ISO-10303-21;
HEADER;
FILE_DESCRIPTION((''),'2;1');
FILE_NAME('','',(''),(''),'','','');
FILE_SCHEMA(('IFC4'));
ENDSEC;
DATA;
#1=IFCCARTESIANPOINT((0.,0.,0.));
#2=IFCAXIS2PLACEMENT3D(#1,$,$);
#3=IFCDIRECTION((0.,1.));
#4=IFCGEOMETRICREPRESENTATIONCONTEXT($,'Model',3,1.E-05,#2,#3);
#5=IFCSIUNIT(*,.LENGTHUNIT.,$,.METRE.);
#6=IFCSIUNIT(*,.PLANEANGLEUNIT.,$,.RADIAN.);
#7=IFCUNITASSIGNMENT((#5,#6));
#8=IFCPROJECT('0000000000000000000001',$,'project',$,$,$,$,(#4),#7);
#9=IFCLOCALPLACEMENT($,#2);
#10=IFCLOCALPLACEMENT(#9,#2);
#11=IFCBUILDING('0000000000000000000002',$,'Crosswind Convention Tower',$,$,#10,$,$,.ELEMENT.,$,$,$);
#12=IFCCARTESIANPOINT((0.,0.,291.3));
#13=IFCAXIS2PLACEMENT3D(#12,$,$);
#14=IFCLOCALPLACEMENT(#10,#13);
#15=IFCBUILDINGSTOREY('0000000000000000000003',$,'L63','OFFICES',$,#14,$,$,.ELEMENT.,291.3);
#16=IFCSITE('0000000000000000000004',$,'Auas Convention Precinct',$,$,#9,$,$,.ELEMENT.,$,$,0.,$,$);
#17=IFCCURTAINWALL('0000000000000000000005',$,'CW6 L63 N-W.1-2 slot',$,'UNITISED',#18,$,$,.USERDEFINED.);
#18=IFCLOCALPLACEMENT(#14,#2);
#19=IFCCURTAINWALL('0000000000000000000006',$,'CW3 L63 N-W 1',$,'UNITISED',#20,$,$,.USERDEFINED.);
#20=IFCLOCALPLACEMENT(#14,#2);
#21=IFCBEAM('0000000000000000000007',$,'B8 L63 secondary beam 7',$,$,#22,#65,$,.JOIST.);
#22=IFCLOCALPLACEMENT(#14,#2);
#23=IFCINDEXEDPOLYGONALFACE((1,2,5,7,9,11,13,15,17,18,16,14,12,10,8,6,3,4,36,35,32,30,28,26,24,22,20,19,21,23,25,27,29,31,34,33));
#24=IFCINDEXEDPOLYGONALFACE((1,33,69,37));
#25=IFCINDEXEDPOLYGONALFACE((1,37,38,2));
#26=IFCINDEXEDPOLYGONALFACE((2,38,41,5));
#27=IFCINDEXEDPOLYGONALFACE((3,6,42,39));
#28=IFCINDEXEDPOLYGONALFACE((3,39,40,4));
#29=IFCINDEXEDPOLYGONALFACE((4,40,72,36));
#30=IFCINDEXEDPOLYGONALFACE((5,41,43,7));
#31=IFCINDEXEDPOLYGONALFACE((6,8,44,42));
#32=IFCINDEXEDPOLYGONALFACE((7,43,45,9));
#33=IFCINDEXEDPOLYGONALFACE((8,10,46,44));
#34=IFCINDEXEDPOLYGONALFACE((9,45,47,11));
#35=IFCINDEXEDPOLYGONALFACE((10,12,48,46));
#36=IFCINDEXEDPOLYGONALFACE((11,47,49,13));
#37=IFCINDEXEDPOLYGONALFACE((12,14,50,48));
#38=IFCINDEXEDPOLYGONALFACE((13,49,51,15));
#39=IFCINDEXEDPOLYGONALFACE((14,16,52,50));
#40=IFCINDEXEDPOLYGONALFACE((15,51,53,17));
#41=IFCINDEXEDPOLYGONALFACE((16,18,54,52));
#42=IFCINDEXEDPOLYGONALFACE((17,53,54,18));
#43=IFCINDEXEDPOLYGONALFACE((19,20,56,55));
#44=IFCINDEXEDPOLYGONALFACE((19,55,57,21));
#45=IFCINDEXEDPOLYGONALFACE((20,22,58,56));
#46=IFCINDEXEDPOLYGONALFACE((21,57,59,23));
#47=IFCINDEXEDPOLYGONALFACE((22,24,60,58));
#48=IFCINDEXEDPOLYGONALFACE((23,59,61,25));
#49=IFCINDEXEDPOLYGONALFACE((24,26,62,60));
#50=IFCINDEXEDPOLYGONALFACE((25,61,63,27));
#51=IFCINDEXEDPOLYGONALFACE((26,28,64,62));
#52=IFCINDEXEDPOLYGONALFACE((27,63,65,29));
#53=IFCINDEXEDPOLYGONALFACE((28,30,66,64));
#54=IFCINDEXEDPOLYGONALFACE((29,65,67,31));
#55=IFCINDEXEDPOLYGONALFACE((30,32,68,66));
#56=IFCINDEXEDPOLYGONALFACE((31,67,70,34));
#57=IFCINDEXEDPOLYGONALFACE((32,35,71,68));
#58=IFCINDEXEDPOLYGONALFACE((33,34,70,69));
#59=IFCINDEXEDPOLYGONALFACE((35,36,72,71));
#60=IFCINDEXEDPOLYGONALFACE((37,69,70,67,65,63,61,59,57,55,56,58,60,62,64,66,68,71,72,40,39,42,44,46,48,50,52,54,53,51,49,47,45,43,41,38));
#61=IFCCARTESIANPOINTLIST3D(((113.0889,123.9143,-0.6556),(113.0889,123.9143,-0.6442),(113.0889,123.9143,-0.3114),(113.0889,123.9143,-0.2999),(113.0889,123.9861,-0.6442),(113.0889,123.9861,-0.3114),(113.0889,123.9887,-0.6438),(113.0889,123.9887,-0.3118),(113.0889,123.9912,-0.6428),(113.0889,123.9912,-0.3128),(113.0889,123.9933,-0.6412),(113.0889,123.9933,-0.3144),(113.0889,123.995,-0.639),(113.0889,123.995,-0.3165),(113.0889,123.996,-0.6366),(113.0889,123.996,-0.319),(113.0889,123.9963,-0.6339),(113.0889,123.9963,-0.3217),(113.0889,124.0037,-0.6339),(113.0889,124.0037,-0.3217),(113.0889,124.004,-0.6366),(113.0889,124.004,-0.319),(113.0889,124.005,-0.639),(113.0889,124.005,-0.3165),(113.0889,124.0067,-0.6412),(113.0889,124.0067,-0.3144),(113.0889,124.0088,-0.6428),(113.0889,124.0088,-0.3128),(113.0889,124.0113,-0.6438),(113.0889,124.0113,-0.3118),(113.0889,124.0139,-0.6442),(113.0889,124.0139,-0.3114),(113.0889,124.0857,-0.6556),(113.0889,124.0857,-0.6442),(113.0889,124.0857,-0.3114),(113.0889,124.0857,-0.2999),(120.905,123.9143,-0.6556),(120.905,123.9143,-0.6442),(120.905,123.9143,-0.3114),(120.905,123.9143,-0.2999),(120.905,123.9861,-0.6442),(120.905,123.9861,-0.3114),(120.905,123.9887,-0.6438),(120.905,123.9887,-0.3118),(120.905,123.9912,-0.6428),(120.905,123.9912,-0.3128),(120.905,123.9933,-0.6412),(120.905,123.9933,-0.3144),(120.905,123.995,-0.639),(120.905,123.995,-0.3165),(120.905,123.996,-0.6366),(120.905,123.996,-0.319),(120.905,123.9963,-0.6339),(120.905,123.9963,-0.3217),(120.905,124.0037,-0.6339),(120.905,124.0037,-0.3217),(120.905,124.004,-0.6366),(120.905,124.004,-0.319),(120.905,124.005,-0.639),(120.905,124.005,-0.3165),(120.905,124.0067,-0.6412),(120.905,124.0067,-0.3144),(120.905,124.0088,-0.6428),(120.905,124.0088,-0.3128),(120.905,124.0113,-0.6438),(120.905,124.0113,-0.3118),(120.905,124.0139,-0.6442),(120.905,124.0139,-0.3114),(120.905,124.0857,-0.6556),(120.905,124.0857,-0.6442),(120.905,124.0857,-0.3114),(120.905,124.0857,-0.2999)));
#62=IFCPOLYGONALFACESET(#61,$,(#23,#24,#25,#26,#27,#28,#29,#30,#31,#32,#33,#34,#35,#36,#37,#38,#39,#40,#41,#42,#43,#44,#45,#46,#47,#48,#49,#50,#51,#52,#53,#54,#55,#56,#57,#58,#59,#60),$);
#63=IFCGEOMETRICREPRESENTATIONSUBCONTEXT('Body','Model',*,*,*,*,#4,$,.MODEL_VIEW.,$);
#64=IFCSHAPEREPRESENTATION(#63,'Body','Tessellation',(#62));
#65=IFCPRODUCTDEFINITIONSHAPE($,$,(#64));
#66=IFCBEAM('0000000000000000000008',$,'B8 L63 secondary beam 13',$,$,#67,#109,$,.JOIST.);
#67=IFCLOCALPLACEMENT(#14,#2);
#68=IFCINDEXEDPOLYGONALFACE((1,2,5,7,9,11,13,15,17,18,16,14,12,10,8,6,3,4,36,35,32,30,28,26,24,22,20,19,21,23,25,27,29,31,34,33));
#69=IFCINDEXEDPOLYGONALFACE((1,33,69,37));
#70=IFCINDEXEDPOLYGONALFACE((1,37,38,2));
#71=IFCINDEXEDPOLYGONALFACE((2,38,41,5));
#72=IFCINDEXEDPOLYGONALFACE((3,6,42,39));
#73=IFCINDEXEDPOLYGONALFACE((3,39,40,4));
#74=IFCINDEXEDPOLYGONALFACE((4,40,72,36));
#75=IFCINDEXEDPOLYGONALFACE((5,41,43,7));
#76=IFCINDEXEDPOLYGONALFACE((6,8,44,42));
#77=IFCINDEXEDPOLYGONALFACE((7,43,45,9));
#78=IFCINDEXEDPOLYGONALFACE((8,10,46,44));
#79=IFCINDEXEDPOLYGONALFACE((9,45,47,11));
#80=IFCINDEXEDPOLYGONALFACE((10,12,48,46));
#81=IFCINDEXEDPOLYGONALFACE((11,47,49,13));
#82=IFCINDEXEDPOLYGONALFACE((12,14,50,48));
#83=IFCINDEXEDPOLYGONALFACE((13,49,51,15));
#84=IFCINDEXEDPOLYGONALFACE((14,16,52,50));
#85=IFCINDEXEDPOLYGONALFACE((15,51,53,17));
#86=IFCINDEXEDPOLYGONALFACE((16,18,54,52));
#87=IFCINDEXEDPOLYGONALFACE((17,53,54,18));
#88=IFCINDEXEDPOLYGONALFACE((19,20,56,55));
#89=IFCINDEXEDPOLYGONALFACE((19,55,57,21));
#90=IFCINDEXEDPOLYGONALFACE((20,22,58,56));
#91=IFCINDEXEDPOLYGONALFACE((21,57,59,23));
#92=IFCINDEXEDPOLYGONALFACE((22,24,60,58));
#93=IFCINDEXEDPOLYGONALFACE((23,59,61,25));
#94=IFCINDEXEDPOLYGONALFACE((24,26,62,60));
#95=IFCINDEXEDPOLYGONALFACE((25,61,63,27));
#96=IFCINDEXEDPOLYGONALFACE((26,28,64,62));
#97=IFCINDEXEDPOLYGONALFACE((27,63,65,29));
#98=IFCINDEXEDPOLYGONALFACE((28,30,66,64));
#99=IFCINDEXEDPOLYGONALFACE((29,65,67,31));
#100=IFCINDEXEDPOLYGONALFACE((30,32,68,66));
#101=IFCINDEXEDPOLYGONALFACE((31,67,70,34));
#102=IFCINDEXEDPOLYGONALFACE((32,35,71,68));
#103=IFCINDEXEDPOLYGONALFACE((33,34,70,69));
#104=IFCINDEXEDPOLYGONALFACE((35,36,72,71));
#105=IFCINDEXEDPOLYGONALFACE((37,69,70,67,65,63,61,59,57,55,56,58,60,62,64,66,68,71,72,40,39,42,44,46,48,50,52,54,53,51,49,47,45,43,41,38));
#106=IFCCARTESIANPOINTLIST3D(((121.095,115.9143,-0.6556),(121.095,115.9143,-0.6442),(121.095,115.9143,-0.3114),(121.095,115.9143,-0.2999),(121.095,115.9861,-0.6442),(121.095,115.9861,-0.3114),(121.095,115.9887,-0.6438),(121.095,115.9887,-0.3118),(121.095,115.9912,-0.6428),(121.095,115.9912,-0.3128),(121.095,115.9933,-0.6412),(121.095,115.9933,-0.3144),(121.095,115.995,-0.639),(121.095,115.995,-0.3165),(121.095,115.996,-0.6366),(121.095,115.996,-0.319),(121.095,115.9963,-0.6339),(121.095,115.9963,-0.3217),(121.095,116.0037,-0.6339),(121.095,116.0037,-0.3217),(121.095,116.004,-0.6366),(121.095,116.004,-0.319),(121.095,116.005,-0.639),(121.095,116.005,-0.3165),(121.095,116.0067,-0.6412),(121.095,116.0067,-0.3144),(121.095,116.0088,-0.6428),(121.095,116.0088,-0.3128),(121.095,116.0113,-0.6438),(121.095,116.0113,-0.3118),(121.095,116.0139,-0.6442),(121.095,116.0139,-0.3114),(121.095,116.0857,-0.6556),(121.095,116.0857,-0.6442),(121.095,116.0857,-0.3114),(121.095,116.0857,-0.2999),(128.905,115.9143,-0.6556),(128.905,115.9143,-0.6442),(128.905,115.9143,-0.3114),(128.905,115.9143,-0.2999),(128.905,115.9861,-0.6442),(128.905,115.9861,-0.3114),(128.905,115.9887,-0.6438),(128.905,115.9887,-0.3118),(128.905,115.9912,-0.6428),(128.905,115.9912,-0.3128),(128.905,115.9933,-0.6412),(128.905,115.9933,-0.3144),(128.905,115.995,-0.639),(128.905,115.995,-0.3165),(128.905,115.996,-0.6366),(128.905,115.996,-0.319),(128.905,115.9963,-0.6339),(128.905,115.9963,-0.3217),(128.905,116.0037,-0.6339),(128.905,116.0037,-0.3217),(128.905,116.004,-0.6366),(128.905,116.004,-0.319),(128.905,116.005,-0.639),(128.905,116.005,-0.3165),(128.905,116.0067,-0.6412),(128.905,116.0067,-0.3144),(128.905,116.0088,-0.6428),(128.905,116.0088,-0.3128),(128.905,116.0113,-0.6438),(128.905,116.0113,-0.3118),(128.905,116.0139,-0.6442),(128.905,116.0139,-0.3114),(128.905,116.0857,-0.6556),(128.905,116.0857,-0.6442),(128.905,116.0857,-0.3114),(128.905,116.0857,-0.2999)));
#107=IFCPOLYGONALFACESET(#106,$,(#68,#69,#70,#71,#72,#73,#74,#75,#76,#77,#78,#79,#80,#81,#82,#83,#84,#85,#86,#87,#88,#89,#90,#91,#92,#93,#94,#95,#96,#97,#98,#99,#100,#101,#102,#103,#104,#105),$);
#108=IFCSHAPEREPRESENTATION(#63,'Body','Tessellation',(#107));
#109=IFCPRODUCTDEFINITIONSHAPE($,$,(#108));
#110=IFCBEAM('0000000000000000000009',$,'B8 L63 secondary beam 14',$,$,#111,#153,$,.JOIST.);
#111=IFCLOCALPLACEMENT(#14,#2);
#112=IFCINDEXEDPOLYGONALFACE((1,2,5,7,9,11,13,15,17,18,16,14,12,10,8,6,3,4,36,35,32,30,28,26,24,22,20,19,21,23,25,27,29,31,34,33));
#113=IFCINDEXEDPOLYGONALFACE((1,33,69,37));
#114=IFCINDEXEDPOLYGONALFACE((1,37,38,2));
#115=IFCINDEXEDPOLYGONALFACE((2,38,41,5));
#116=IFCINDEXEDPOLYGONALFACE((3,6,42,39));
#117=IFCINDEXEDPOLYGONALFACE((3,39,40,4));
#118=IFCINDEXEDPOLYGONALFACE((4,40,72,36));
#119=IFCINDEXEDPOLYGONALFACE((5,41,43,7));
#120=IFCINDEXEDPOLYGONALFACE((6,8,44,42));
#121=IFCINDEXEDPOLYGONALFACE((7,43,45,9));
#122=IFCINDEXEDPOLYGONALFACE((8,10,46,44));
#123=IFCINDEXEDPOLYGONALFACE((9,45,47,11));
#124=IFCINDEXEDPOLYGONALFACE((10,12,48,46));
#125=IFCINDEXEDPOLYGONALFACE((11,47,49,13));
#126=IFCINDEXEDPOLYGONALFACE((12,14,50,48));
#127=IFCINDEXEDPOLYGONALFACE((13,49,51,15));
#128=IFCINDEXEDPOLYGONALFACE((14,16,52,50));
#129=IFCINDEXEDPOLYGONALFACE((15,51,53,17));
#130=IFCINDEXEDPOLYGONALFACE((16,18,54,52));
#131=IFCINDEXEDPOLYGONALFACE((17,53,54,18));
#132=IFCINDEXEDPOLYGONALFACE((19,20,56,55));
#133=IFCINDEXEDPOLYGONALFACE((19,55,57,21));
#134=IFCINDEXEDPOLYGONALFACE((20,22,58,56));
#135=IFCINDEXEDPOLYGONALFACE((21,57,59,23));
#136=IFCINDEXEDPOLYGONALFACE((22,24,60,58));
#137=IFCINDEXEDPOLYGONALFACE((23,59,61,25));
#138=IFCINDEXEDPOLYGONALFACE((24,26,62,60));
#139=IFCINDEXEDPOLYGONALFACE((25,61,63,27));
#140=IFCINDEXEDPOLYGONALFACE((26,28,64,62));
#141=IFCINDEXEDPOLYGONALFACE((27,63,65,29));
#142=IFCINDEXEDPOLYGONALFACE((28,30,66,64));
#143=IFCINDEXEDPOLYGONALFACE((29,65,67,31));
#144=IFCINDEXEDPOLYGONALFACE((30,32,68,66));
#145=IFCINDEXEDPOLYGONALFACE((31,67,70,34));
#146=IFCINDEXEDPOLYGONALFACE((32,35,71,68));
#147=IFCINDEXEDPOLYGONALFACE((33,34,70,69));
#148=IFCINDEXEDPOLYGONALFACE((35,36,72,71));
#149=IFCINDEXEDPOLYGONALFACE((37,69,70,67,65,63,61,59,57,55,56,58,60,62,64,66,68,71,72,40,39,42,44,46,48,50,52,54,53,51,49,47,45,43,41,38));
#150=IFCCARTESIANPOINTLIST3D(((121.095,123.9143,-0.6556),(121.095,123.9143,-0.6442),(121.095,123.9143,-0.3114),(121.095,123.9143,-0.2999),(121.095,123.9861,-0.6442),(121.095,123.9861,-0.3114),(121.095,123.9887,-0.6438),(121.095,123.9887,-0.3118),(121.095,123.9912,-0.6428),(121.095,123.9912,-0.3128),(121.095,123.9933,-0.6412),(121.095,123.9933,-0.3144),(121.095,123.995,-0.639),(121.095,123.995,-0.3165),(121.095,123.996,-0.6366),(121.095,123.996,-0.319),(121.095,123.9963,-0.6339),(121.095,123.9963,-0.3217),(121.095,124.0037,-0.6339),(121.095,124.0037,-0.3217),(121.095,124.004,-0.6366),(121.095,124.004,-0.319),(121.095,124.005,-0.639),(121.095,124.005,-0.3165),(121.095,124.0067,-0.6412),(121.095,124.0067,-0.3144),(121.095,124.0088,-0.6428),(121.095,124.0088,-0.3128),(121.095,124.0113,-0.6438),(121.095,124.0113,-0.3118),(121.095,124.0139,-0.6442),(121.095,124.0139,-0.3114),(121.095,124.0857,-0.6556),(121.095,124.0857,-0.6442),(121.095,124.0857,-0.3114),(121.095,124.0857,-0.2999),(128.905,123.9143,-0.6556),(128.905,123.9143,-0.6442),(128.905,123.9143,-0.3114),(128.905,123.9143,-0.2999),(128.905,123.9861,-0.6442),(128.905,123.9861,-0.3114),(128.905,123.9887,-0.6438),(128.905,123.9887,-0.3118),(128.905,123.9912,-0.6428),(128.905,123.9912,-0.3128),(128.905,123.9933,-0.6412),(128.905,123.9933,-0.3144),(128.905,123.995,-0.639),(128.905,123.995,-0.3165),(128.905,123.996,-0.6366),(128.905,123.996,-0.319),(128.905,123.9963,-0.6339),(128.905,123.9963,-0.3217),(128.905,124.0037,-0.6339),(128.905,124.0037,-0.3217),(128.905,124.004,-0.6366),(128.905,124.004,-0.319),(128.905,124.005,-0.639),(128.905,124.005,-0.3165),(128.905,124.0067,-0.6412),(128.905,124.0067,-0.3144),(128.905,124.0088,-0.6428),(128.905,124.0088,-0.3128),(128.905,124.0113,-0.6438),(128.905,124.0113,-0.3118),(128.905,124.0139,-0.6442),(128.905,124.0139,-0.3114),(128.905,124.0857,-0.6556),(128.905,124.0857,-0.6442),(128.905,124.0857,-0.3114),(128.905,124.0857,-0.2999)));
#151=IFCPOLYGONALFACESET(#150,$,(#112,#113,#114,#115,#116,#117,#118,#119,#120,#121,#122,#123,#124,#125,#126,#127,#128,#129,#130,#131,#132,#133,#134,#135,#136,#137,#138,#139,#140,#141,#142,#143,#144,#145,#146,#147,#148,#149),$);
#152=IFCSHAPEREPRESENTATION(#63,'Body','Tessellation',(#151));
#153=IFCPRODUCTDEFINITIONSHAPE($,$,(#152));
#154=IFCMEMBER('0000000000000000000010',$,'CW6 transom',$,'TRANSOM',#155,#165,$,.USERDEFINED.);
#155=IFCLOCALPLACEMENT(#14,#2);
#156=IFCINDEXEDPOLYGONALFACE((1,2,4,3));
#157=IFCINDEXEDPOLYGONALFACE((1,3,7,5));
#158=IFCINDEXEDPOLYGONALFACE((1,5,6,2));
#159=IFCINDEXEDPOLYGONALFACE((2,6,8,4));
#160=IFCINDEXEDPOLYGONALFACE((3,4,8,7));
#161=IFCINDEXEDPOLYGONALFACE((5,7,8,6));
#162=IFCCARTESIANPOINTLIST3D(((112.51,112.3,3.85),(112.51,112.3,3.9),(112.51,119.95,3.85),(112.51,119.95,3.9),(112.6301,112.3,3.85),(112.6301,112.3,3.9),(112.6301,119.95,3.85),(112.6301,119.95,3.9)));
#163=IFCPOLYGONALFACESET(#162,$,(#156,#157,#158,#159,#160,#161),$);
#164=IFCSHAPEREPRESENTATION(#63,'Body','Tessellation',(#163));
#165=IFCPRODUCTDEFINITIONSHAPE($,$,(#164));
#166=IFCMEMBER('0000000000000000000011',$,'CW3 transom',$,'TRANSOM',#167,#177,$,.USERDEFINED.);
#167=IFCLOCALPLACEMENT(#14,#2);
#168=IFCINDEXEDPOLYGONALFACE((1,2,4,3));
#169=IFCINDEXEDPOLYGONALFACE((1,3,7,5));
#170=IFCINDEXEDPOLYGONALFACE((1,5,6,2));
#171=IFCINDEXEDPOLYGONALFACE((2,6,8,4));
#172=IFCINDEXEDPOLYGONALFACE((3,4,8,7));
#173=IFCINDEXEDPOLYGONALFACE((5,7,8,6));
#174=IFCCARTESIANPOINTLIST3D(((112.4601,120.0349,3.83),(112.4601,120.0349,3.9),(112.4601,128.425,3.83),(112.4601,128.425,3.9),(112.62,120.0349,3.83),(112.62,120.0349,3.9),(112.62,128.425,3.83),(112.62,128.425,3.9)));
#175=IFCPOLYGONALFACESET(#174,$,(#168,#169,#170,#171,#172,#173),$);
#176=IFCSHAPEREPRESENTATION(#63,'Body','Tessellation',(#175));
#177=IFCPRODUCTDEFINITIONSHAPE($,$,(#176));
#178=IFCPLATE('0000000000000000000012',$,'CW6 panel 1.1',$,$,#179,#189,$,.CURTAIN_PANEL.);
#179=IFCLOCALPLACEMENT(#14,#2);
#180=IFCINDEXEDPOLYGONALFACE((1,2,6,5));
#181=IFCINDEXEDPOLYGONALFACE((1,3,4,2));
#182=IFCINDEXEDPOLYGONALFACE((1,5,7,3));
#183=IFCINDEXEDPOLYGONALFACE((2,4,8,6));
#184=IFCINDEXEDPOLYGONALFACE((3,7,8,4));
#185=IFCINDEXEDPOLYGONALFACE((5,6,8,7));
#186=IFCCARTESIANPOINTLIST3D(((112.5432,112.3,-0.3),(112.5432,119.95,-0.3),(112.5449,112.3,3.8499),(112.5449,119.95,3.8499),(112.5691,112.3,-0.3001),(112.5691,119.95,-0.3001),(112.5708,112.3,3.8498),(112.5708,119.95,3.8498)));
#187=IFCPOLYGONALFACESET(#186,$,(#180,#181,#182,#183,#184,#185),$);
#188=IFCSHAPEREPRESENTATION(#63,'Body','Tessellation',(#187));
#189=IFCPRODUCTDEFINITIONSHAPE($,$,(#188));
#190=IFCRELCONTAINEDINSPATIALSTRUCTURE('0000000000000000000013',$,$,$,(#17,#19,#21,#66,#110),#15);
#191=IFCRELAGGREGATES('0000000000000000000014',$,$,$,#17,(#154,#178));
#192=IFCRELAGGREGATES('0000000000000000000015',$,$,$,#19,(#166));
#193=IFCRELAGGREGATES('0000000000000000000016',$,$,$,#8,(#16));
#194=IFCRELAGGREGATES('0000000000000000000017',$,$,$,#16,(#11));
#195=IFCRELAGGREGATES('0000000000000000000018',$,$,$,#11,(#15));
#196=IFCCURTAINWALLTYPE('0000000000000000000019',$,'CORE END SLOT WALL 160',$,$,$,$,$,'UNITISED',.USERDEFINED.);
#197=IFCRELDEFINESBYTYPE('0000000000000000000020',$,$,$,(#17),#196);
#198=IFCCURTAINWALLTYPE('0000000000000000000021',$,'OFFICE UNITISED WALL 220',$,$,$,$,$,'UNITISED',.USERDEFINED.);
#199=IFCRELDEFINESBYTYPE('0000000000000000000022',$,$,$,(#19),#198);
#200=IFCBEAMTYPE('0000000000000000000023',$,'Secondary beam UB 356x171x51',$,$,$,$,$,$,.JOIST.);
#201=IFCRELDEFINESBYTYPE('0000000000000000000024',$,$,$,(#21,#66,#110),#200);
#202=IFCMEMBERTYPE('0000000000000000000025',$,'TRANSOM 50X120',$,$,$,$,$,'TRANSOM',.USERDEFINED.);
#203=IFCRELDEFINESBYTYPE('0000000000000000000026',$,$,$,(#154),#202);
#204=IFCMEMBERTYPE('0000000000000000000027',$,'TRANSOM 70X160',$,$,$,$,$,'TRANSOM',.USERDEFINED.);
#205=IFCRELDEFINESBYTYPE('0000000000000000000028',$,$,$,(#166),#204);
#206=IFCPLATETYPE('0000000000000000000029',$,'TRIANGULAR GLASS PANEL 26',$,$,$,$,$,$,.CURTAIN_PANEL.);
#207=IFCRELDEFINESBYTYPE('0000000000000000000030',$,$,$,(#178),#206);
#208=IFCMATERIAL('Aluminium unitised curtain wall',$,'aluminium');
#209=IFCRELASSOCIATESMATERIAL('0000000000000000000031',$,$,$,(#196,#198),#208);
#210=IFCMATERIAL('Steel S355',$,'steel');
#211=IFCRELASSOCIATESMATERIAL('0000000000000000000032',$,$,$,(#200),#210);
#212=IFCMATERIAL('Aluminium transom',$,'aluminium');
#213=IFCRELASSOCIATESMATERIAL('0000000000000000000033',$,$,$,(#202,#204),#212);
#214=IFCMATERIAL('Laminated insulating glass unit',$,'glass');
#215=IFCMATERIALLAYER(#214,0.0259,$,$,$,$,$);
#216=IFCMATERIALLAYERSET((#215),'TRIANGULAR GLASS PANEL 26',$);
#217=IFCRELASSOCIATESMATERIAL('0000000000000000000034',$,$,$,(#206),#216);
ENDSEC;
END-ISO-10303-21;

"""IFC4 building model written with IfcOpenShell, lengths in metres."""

from ifc_helpers import new_model, si_unit, direction, frame, origin, origin_2d, place, context, subcontext, project, spatial, polyline, rectangle, i_section, outline, extrude, material, layer, layer_set, material_profile, profile_set, type_object, element, aggregate, save


model = new_model("IFC4")

# Units and contexts
model_context = context("Model", 3, precision=1e-05, world=origin(), true_north=direction((0.0, 1.0)))
body_context = subcontext(model_context, "Body", "Model", "MODEL_VIEW")
ifc_project = project(units=[si_unit("LENGTHUNIT", "METRE"), si_unit("PLANEANGLEUNIT", "RADIAN")], contexts=[model_context])

# Site, building, storey
site_placement = place(None, origin())
site = spatial("IfcSite", under=ifc_project, at=site_placement, Name="Auas Convention Precinct", CompositionType="ELEMENT", RefElevation=0.0)
building_placement = place(site_placement, origin())
building = spatial("IfcBuilding", under=site, at=building_placement, Name="Crosswind Convention Tower", CompositionType="ELEMENT")
storey_placement = place(building_placement, frame((0.0, 0.0, 291.3)))
storey = spatial("IfcBuildingStorey", under=building, at=storey_placement, Name="L63", Description="OFFICES", CompositionType="ELEMENT", Elevation=291.3)

# Shared definitions
ifc_material_1 = material(Name="Steel S355", Category="steel")

# Curtain wall
ifc_material_2 = material(Name="Aluminium unitised curtain wall", Category="aluminium")
curtain_wall_type_1 = type_object("IfcCurtainWallType", Name="CORE END SLOT WALL 160", ElementType="UNITISED", PredefinedType="USERDEFINED", material=ifc_material_2)
curtain_wall_1_placement = place(storey_placement, origin())
curtain_wall_1 = element("IfcCurtainWall", 1, at=curtain_wall_1_placement, inside=storey, type_object=curtain_wall_type_1, Name="CW6 L63 N-W.1-2 slot", ObjectType="UNITISED", PredefinedType="USERDEFINED")
curtain_wall_type_2 = type_object("IfcCurtainWallType", Name="OFFICE UNITISED WALL 220", ElementType="UNITISED", PredefinedType="USERDEFINED", material=ifc_material_2)

# Curtain wall
curtain_wall_2_placement = place(storey_placement, origin())
curtain_wall_2 = element("IfcCurtainWall", 2, at=curtain_wall_2_placement, inside=storey, type_object=curtain_wall_type_2, Name="CW3 L63 N-W 1", ObjectType="UNITISED", PredefinedType="USERDEFINED")

# Beams
ifc_material_profile_1 = material_profile(ifc_material_1, i_section(OverallWidth=0.1714, OverallDepth=0.3557, WebThickness=0.0073, FlangeThickness=0.0115, FilletRadius=0.0103, at=origin_2d()), Name="UB 356x171x51")
ifc_profile_set_1 = profile_set([ifc_material_profile_1], Name="Steel S355")
beam_type_1 = type_object("IfcBeamType", Name="Secondary beam UB 356x171x51", PredefinedType="JOIST", material=ifc_profile_set_1)
for number, where, z_axis, x_axis, name in (
    (3, (113.0889, 124.0, -0.4778), (1.0, 0.0, 0.0), (0.0, 1.0, 0.0), "B8 L63 secondary beam 7"),
):
    element("IfcBeam", number, at=place(storey_placement, frame(where, z_axis=z_axis, x_axis=x_axis)), inside=storey, type_object=beam_type_1, Name=name, PredefinedType="JOIST", context=body_context, shape_type="SweptSolid", body=[
        extrude(i_section(OverallWidth=0.1714, OverallDepth=0.3557, WebThickness=0.0073, FlangeThickness=0.0115, FilletRadius=0.0103, at=origin_2d()), origin(), (0.0, 0.0, 1.0), 7.8162),
    ])
for number, where, z_axis, x_axis, name in (
    (4, (121.095, 116.0, -0.4778), (1.0, 0.0, 0.0), (0.0, 1.0, 0.0), "B8 L63 secondary beam 13"),
    (5, (121.095, 124.0, -0.4778), (1.0, 0.0, 0.0), (0.0, 1.0, 0.0), "B8 L63 secondary beam 14"),
):
    element("IfcBeam", number, at=place(storey_placement, frame(where, z_axis=z_axis, x_axis=x_axis)), inside=storey, type_object=beam_type_1, Name=name, PredefinedType="JOIST", context=body_context, shape_type="SweptSolid", body=[
        extrude(i_section(OverallWidth=0.1714, OverallDepth=0.3557, WebThickness=0.0073, FlangeThickness=0.0115, FilletRadius=0.0103, at=origin_2d()), origin(), (0.0, 0.0, 1.0), 7.8101),
    ])

# Members
ifc_material_3 = material(Name="Aluminium transom", Category="aluminium")
ifc_material_profile_2 = material_profile(ifc_material_3, rectangle(XDim=0.1201, YDim=0.05, at=origin_2d()), Name="AL 120X50")
ifc_profile_set_2 = profile_set([ifc_material_profile_2], Name="Aluminium transom")
member_type_1 = type_object("IfcMemberType", Name="TRANSOM 50X120", ElementType="TRANSOM", PredefinedType="USERDEFINED", material=ifc_profile_set_2)
member_1_placement = place(storey_placement, frame((112.5701, 119.95, 3.875), z_axis=(0.0, -1.0, 0.0), x_axis=(1.0, 0.0, 0.0)))
member_1 = element("IfcMember", 6, at=member_1_placement, type_object=member_type_1, Name="CW6 transom", ObjectType="TRANSOM", PredefinedType="USERDEFINED", context=body_context, shape_type="SweptSolid", body=[
    extrude(rectangle(XDim=0.1201, YDim=0.05, at=origin_2d()), origin(), (0.0, 0.0, 1.0), 7.6499),
])
ifc_material_profile_3 = material_profile(ifc_material_3, rectangle(XDim=0.1599, YDim=0.0701, at=origin_2d()), Name="AL 160X70")
ifc_profile_set_3 = profile_set([ifc_material_profile_3], Name="Aluminium transom")
member_type_2 = type_object("IfcMemberType", Name="TRANSOM 70X160", ElementType="TRANSOM", PredefinedType="USERDEFINED", material=ifc_profile_set_3)
member_2_placement = place(storey_placement, frame((112.54, 128.425, 3.865), z_axis=(0.0, -1.0, 0.0), x_axis=(1.0, 0.0, 0.0)))
member_2 = element("IfcMember", 7, at=member_2_placement, type_object=member_type_2, Name="CW3 transom", ObjectType="TRANSOM", PredefinedType="USERDEFINED", context=body_context, shape_type="SweptSolid", body=[
    extrude(rectangle(XDim=0.1599, YDim=0.0701, at=origin_2d()), origin(), (0.0, 0.0, 1.0), 8.3901),
])

# Plate
ifc_material_4 = material(Name="Laminated insulating glass unit", Category="glass")
ifc_layer_1 = layer(ifc_material_4, 0.0259)
ifc_layer_set_1 = layer_set([ifc_layer_1], Name="TRIANGULAR GLASS PANEL 26")
plate_type_1 = type_object("IfcPlateType", Name="TRIANGULAR GLASS PANEL 26", PredefinedType="CURTAIN_PANEL", material=ifc_layer_set_1)
plate_1_placement = place(storey_placement, frame((112.5432, 119.95, -0.3), z_axis=(-1.0, 0.0, 0.000412), x_axis=(0.0, -1.0, 0.0)))
plate_1 = element("IfcPlate", 8, at=plate_1_placement, type_object=plate_type_1, Name="CW6 panel 1.1", PredefinedType="CURTAIN_PANEL", context=body_context, shape_type="SweptSolid", body=[
    extrude(outline(polyline([(0.0, 0.0), (7.6499, 0.0), (7.6499, 4.1499), (0.0, 4.1499), (0.0, 0.0)])), origin(), (0.0, 0.0, -1.0), 0.0259),
])
aggregate(curtain_wall_1, [member_1, plate_1])

aggregate(curtain_wall_2, [member_2])

save(model, "model.ifc")
